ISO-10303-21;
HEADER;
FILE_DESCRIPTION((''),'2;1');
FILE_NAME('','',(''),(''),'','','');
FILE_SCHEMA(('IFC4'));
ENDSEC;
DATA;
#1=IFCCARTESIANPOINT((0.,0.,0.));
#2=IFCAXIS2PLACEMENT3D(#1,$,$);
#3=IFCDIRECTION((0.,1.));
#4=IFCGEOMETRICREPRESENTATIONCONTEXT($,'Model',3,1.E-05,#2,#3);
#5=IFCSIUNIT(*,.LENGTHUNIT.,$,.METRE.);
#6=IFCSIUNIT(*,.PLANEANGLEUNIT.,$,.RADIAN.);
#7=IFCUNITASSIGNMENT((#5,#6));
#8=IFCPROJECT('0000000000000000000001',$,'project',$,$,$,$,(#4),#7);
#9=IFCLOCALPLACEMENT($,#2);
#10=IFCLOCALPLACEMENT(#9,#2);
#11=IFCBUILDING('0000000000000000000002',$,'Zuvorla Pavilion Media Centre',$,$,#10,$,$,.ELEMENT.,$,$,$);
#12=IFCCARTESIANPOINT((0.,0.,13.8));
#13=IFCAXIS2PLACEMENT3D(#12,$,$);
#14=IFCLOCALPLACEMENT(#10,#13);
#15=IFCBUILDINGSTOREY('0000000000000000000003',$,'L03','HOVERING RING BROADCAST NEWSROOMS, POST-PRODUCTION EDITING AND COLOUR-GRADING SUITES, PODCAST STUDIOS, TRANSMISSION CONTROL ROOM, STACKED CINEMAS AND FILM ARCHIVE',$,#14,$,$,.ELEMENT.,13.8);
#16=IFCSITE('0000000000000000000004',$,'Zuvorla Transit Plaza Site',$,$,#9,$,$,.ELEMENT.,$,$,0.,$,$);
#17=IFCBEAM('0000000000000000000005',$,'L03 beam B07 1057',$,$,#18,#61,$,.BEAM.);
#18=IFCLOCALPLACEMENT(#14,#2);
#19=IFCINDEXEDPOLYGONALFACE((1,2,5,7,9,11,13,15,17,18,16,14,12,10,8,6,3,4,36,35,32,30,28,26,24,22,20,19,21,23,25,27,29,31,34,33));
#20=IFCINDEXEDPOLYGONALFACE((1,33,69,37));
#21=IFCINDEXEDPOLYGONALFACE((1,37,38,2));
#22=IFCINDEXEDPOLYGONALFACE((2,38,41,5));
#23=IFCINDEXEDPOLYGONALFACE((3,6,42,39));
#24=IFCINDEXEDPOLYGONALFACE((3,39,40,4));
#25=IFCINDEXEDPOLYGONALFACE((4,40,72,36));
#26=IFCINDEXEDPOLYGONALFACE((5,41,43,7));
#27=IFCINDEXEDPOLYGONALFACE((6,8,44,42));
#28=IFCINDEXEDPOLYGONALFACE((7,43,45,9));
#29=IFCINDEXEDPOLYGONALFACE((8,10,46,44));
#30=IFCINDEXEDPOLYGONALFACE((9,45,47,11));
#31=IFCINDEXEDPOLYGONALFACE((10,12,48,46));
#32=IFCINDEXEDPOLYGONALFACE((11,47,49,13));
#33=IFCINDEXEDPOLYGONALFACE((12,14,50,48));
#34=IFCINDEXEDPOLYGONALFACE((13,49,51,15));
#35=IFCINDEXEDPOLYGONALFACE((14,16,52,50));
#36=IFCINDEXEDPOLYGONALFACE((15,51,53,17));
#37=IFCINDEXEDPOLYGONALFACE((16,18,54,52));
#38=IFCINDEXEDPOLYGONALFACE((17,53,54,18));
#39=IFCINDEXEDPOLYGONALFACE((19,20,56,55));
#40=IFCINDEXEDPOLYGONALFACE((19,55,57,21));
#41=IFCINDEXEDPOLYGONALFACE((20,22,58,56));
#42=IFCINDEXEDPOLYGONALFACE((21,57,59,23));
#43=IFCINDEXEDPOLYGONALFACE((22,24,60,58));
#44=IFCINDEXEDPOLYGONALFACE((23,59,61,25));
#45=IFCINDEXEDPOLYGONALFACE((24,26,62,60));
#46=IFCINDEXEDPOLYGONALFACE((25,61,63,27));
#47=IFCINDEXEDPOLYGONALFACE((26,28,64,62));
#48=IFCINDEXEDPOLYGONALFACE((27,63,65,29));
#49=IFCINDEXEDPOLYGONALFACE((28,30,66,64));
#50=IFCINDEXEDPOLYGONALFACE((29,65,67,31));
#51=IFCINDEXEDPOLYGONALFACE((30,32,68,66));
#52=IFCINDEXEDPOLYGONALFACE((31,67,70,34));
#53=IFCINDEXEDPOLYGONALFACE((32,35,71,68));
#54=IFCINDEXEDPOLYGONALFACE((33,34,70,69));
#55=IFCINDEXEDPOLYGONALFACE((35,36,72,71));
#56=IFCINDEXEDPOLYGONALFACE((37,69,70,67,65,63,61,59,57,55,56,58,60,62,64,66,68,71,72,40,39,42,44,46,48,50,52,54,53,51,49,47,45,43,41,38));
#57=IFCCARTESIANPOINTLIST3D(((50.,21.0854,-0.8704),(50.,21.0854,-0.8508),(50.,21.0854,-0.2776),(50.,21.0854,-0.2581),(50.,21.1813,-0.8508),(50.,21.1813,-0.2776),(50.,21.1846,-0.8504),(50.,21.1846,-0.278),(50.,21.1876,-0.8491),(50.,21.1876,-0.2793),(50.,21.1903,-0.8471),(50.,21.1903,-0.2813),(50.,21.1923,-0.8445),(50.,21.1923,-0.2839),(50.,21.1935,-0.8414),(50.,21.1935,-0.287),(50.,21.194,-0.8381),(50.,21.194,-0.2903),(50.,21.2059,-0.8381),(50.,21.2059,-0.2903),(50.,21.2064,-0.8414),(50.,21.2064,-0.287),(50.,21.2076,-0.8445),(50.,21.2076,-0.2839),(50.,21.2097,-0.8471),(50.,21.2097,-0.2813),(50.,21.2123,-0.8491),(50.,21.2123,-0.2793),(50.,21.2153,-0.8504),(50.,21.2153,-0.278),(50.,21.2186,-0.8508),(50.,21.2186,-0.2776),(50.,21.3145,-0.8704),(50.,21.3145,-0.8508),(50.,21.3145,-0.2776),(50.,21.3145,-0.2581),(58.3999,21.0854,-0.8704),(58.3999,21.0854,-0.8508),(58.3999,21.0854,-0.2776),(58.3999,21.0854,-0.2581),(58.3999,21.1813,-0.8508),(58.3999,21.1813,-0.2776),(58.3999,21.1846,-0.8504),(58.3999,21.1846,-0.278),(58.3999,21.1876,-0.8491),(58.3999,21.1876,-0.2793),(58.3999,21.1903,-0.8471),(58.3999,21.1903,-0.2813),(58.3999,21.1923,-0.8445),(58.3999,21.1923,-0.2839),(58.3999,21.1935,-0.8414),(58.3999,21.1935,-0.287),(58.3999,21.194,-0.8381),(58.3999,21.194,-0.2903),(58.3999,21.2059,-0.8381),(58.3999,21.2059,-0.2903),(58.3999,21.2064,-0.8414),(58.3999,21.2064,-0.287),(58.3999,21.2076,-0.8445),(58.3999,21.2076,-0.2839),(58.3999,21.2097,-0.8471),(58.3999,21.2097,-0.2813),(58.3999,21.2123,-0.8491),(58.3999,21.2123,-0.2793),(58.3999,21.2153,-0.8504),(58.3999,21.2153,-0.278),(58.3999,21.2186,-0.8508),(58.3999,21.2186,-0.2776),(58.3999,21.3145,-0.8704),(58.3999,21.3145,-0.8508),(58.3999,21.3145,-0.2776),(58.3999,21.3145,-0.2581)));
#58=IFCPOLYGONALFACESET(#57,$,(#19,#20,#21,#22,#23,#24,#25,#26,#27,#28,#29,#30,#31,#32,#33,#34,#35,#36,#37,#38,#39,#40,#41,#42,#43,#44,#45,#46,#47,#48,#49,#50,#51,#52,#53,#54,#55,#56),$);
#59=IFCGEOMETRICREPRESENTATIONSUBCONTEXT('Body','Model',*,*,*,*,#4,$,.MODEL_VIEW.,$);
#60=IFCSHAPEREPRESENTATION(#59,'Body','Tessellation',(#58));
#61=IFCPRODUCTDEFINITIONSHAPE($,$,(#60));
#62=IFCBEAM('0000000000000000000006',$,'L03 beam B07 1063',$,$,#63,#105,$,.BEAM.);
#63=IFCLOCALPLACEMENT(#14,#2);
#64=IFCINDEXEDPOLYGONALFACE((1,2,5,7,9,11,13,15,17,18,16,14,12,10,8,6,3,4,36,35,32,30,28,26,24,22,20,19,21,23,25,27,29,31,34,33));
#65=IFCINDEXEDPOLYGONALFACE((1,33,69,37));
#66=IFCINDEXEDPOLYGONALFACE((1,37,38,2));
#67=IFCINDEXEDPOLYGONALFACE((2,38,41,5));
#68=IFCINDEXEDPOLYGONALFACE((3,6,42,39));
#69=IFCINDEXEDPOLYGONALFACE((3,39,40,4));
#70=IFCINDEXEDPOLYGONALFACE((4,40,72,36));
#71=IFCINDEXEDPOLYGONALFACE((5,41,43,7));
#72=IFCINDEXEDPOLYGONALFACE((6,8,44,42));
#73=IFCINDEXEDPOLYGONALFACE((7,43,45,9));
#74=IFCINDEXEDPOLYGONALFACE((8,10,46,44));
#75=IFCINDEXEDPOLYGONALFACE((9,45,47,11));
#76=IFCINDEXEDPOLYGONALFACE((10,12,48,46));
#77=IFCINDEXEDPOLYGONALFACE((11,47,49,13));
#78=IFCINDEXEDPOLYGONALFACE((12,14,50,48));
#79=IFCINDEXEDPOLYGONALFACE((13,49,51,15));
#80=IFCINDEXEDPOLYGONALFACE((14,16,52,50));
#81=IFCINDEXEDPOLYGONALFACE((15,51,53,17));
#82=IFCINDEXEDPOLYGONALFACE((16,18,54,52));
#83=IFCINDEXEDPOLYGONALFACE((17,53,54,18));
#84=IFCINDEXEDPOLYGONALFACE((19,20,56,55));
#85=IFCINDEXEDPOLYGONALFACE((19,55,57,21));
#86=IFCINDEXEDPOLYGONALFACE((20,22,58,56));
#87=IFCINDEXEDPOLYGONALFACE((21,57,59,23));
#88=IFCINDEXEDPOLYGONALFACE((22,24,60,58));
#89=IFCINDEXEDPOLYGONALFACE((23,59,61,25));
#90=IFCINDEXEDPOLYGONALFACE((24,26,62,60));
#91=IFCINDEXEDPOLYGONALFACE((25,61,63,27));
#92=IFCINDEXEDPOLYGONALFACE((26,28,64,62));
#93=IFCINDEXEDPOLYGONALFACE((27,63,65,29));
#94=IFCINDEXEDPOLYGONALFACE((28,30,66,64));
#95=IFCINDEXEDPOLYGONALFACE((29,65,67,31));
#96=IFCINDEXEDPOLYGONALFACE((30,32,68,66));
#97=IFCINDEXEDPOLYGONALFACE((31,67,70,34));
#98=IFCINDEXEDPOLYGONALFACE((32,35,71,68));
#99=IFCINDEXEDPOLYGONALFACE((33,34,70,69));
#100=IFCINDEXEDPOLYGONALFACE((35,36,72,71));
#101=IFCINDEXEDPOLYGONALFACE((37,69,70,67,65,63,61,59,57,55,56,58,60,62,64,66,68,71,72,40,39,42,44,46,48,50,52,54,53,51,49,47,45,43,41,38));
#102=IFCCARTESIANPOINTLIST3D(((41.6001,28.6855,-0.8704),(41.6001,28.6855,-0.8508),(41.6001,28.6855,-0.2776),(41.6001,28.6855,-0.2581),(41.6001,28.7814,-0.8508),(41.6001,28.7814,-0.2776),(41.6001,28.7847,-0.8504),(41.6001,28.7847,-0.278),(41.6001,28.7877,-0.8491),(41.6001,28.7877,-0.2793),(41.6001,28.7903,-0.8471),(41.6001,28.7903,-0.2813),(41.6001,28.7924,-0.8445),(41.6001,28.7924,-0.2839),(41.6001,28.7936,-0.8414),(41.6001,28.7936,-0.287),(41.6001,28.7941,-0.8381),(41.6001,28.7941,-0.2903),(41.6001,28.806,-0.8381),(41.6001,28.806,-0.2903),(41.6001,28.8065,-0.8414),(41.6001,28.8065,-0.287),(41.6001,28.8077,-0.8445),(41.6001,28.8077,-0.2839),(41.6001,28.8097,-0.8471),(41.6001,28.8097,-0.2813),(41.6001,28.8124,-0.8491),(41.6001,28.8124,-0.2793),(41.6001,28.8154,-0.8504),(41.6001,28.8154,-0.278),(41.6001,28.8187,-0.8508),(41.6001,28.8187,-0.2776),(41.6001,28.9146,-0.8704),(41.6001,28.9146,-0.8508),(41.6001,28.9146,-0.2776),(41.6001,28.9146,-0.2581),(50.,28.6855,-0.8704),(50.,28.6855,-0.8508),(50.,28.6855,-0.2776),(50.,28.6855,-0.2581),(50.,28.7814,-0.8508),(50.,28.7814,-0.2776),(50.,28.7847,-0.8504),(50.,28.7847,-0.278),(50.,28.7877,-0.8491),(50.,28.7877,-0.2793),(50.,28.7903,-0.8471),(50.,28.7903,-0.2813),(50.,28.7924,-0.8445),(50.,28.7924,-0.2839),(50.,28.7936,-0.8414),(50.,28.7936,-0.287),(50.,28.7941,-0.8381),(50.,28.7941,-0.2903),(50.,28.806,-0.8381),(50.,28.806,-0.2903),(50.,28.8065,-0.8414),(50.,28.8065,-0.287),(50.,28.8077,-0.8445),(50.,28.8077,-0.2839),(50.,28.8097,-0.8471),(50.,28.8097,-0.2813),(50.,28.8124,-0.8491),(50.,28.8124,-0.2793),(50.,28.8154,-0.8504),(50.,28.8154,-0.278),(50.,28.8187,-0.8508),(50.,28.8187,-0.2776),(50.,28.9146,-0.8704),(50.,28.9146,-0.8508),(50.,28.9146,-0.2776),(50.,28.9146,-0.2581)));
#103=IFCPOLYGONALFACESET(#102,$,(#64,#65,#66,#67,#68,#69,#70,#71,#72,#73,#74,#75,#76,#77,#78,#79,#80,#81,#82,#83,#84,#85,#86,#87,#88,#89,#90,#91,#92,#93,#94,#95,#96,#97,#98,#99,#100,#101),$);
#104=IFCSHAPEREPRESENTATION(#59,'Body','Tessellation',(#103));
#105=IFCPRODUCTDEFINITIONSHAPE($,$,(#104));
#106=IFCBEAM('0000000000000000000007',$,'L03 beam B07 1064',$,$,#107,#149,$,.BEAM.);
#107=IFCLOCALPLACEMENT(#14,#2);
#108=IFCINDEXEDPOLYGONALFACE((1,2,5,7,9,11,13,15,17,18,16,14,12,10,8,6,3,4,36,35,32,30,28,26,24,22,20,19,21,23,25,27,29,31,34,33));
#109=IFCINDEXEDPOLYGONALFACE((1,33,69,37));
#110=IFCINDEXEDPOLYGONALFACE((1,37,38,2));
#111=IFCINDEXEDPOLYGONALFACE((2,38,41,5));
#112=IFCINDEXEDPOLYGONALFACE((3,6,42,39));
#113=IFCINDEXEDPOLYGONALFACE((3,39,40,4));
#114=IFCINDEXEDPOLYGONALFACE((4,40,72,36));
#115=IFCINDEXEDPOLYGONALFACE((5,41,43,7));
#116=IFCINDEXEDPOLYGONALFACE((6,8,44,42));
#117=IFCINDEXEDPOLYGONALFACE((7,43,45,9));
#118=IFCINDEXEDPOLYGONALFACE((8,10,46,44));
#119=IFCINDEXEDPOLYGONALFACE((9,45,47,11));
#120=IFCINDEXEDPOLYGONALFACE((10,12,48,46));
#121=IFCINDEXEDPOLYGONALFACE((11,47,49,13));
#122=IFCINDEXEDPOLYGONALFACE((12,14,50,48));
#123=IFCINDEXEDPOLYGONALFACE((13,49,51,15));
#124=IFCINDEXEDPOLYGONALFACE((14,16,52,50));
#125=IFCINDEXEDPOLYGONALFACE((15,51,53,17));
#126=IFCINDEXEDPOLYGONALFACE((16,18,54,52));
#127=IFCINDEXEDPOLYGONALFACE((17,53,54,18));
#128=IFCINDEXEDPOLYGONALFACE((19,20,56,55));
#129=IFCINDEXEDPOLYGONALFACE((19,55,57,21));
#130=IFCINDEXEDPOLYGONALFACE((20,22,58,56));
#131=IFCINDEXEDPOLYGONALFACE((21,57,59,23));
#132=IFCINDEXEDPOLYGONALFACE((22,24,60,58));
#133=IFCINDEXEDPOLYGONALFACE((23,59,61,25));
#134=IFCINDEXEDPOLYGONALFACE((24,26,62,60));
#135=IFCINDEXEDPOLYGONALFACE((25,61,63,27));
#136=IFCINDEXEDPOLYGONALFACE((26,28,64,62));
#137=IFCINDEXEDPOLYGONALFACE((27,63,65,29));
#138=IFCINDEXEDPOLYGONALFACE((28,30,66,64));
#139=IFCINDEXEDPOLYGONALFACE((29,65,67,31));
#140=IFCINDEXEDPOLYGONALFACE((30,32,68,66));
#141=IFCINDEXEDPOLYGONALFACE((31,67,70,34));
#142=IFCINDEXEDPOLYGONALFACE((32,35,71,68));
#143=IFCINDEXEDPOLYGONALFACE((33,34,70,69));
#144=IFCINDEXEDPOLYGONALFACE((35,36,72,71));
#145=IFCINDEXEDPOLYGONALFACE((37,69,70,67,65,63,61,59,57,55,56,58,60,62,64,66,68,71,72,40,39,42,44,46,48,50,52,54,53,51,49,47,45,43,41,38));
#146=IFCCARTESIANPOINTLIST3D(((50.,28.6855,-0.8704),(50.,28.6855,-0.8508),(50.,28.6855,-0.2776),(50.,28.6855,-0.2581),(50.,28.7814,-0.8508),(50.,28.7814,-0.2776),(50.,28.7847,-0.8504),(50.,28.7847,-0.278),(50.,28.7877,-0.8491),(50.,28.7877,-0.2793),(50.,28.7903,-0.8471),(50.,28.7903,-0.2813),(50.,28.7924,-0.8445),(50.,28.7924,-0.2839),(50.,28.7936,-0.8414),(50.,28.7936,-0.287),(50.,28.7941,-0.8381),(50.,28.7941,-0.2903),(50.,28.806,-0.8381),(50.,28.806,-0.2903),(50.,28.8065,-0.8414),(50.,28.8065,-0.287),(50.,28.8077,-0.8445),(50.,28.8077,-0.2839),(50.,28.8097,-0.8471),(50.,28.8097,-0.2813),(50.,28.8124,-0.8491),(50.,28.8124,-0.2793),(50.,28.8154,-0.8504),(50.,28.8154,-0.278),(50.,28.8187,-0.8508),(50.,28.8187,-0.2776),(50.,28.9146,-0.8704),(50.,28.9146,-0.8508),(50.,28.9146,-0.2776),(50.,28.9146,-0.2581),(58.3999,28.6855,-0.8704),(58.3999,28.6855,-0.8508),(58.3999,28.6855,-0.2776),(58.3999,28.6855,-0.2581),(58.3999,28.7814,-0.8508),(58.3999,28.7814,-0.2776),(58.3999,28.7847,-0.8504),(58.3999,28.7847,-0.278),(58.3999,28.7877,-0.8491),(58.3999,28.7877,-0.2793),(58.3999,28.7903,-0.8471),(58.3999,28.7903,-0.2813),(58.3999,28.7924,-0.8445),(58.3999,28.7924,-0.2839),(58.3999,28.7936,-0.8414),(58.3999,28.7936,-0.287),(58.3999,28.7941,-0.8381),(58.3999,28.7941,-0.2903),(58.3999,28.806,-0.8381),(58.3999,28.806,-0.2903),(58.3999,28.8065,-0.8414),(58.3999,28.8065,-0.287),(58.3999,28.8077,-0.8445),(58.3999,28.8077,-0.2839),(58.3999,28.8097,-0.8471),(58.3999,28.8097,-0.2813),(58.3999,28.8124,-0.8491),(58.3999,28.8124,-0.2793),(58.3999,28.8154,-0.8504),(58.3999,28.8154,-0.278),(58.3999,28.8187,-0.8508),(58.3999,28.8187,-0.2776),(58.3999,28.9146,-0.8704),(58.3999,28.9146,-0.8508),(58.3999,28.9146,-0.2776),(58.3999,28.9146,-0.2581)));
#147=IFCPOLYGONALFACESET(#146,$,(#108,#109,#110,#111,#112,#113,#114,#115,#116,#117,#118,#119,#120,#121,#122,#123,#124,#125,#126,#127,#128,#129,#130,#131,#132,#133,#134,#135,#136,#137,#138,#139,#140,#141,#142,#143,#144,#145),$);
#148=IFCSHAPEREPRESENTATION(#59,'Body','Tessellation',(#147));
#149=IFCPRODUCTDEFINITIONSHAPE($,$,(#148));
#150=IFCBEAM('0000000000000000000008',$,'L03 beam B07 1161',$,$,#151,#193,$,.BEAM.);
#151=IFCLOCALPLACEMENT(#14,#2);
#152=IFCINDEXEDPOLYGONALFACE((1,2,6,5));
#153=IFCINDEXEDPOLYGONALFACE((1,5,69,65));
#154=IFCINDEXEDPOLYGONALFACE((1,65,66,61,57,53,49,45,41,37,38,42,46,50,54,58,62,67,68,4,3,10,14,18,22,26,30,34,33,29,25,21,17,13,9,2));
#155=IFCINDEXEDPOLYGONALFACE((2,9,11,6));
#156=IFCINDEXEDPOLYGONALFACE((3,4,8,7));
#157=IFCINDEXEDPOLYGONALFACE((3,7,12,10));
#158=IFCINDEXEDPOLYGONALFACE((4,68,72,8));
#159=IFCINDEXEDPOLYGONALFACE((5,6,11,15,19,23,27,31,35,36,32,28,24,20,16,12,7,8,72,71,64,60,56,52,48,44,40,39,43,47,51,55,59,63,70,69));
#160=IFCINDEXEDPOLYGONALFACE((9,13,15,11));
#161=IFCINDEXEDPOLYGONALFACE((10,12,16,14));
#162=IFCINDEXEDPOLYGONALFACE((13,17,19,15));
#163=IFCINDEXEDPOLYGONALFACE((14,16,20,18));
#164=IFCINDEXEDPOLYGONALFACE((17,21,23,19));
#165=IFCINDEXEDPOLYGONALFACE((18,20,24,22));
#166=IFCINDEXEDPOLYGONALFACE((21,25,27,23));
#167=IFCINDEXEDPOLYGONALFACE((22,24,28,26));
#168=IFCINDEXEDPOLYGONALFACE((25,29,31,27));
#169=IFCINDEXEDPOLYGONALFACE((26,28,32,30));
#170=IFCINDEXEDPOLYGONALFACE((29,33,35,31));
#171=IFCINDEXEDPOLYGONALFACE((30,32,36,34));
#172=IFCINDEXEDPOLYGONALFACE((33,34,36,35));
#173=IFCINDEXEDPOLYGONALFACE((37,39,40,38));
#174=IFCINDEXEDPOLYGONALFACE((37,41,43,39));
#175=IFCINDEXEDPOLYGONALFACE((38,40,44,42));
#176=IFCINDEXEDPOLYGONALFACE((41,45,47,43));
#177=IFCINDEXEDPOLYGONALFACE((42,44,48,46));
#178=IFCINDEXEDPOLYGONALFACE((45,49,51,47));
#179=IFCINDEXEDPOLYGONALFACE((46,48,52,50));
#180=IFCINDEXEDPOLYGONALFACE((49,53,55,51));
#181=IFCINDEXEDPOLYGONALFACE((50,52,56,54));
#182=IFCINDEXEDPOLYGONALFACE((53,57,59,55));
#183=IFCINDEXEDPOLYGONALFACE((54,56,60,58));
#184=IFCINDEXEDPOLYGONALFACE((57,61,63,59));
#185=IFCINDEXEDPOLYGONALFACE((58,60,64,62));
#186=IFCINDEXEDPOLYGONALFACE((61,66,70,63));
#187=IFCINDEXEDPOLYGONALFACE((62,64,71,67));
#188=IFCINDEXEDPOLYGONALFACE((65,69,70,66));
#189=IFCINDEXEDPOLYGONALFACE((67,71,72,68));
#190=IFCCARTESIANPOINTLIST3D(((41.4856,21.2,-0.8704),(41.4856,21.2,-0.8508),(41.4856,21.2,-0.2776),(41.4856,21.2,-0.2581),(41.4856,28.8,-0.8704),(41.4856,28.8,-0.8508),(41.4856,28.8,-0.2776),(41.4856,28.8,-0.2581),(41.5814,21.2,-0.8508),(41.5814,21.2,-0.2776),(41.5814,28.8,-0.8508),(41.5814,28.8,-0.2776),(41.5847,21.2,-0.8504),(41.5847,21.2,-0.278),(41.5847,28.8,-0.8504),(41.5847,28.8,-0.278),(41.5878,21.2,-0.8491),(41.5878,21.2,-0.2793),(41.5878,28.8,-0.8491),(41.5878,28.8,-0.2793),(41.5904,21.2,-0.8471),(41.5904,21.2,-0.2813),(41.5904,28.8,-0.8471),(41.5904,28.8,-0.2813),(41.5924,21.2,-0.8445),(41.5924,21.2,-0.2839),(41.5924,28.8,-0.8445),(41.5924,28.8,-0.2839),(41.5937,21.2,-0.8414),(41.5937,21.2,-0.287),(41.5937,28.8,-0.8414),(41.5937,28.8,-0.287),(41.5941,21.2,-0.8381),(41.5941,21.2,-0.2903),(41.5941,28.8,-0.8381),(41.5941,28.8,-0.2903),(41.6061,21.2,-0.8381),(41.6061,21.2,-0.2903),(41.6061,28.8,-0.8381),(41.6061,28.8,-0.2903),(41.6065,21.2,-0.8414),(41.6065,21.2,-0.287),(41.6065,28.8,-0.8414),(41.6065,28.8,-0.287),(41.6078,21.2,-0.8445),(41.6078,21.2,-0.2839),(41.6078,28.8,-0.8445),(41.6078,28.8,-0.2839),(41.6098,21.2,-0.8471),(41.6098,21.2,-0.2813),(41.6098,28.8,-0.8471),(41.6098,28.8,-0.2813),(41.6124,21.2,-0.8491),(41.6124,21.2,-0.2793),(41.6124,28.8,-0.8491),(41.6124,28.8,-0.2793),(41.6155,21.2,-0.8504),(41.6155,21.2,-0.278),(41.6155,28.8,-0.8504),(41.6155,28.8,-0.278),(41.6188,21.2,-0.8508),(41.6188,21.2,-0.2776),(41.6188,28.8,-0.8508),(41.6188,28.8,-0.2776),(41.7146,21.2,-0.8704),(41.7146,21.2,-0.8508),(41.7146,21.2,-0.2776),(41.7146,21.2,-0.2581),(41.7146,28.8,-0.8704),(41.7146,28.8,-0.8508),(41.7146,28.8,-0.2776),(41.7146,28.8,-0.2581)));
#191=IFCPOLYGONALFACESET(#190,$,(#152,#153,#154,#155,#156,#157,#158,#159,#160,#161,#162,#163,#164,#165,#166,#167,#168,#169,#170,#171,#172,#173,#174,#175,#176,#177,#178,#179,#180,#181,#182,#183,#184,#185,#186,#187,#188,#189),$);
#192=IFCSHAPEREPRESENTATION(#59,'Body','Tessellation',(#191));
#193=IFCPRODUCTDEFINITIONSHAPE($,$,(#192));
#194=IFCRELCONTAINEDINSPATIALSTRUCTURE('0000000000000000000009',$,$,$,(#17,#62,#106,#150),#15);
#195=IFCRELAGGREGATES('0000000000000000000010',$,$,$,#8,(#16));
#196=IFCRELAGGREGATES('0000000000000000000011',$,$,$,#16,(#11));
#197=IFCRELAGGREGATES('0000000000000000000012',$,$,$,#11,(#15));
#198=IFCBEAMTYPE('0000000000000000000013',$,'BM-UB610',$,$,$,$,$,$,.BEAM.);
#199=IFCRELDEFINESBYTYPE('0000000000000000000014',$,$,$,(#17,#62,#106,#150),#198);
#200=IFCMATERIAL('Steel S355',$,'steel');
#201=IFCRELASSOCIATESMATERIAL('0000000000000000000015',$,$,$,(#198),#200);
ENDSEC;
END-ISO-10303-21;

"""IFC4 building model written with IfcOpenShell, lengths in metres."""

from ifc_helpers import new_model, si_unit, direction, frame, origin, origin_2d, place, context, subcontext, project, spatial, i_section, extrude, material, material_profile, profile_set, type_object, element, save


model = new_model("IFC4")

# Units and contexts
model_context = context("Model", 3, precision=1e-05, world=origin(), true_north=direction((0.0, 1.0)))
body_context = subcontext(model_context, "Body", "Model", "MODEL_VIEW")
ifc_project = project(units=[si_unit("LENGTHUNIT", "METRE"), si_unit("PLANEANGLEUNIT", "RADIAN")], contexts=[model_context])

# Site, building, storey
site_placement = place(None, origin())
site = spatial("IfcSite", under=ifc_project, at=site_placement, Name="Zuvorla Transit Plaza Site", CompositionType="ELEMENT", RefElevation=0.0)
building_placement = place(site_placement, origin())
building = spatial("IfcBuilding", under=site, at=building_placement, Name="Zuvorla Pavilion Media Centre", CompositionType="ELEMENT")
storey_placement = place(building_placement, frame((0.0, 0.0, 13.8)))
storey = spatial("IfcBuildingStorey", under=building, at=storey_placement, Name="L03", Description="HOVERING RING BROADCAST NEWSROOMS, POST-PRODUCTION EDITING AND COLOUR-GRADING SUITES, PODCAST STUDIOS, TRANSMISSION CONTROL ROOM, STACKED CINEMAS AND FILM ARCHIVE", CompositionType="ELEMENT", Elevation=13.8)

# Beams
ifc_material_1 = material(Name="Steel S355", Category="steel")
ifc_material_profile_1 = material_profile(ifc_material_1, i_section(OverallWidth=0.229, OverallDepth=0.6123, WebThickness=0.012, FlangeThickness=0.0195, FilletRadius=0.0127, at=origin_2d()), Name="UB 610x229x125")
ifc_profile_set_1 = profile_set([ifc_material_profile_1], Name="Steel S355")
beam_type_1 = type_object("IfcBeamType", Name="BM-UB610", PredefinedType="BEAM", material=ifc_profile_set_1)
for number, where, z_axis, x_axis, name in (
    (1, (50.0, 21.2, -0.5642), (1.0, 0.0, 0.0), (0.0, 1.0, 0.0), "L03 beam B07 1057"),
    (2, (41.6001, 28.8, -0.5642), (1.0, 0.0, 0.0), (0.0, 1.0, 0.0), "L03 beam B07 1063"),
    (3, (50.0, 28.8, -0.5642), (1.0, 0.0, 0.0), (0.0, 1.0, 0.0), "L03 beam B07 1064"),
):
    element("IfcBeam", number, at=place(storey_placement, frame(where, z_axis=z_axis, x_axis=x_axis)), inside=storey, type_object=beam_type_1, Name=name, PredefinedType="BEAM", context=body_context, shape_type="SweptSolid", body=[
        extrude(i_section(OverallWidth=0.229, OverallDepth=0.6123, WebThickness=0.012, FlangeThickness=0.0195, FilletRadius=0.0127, at=origin_2d()), origin(), (0.0, 0.0, 1.0), 8.3999),
    ])
beam_1_placement = place(storey_placement, frame((41.6001, 21.2, -0.5642), z_axis=(0.0, 1.0, 0.0), x_axis=(-1.0, 0.0, 0.0)))
element("IfcBeam", 4, at=beam_1_placement, inside=storey, type_object=beam_type_1, Name="L03 beam B07 1161", PredefinedType="BEAM", context=body_context, shape_type="SweptSolid", body=[
    extrude(i_section(OverallWidth=0.229, OverallDepth=0.6123, WebThickness=0.012, FlangeThickness=0.0195, FilletRadius=0.0127, at=origin_2d()), origin(), (0.0, 0.0, 1.0), 7.6001),
])

save(model, "model.ifc")
